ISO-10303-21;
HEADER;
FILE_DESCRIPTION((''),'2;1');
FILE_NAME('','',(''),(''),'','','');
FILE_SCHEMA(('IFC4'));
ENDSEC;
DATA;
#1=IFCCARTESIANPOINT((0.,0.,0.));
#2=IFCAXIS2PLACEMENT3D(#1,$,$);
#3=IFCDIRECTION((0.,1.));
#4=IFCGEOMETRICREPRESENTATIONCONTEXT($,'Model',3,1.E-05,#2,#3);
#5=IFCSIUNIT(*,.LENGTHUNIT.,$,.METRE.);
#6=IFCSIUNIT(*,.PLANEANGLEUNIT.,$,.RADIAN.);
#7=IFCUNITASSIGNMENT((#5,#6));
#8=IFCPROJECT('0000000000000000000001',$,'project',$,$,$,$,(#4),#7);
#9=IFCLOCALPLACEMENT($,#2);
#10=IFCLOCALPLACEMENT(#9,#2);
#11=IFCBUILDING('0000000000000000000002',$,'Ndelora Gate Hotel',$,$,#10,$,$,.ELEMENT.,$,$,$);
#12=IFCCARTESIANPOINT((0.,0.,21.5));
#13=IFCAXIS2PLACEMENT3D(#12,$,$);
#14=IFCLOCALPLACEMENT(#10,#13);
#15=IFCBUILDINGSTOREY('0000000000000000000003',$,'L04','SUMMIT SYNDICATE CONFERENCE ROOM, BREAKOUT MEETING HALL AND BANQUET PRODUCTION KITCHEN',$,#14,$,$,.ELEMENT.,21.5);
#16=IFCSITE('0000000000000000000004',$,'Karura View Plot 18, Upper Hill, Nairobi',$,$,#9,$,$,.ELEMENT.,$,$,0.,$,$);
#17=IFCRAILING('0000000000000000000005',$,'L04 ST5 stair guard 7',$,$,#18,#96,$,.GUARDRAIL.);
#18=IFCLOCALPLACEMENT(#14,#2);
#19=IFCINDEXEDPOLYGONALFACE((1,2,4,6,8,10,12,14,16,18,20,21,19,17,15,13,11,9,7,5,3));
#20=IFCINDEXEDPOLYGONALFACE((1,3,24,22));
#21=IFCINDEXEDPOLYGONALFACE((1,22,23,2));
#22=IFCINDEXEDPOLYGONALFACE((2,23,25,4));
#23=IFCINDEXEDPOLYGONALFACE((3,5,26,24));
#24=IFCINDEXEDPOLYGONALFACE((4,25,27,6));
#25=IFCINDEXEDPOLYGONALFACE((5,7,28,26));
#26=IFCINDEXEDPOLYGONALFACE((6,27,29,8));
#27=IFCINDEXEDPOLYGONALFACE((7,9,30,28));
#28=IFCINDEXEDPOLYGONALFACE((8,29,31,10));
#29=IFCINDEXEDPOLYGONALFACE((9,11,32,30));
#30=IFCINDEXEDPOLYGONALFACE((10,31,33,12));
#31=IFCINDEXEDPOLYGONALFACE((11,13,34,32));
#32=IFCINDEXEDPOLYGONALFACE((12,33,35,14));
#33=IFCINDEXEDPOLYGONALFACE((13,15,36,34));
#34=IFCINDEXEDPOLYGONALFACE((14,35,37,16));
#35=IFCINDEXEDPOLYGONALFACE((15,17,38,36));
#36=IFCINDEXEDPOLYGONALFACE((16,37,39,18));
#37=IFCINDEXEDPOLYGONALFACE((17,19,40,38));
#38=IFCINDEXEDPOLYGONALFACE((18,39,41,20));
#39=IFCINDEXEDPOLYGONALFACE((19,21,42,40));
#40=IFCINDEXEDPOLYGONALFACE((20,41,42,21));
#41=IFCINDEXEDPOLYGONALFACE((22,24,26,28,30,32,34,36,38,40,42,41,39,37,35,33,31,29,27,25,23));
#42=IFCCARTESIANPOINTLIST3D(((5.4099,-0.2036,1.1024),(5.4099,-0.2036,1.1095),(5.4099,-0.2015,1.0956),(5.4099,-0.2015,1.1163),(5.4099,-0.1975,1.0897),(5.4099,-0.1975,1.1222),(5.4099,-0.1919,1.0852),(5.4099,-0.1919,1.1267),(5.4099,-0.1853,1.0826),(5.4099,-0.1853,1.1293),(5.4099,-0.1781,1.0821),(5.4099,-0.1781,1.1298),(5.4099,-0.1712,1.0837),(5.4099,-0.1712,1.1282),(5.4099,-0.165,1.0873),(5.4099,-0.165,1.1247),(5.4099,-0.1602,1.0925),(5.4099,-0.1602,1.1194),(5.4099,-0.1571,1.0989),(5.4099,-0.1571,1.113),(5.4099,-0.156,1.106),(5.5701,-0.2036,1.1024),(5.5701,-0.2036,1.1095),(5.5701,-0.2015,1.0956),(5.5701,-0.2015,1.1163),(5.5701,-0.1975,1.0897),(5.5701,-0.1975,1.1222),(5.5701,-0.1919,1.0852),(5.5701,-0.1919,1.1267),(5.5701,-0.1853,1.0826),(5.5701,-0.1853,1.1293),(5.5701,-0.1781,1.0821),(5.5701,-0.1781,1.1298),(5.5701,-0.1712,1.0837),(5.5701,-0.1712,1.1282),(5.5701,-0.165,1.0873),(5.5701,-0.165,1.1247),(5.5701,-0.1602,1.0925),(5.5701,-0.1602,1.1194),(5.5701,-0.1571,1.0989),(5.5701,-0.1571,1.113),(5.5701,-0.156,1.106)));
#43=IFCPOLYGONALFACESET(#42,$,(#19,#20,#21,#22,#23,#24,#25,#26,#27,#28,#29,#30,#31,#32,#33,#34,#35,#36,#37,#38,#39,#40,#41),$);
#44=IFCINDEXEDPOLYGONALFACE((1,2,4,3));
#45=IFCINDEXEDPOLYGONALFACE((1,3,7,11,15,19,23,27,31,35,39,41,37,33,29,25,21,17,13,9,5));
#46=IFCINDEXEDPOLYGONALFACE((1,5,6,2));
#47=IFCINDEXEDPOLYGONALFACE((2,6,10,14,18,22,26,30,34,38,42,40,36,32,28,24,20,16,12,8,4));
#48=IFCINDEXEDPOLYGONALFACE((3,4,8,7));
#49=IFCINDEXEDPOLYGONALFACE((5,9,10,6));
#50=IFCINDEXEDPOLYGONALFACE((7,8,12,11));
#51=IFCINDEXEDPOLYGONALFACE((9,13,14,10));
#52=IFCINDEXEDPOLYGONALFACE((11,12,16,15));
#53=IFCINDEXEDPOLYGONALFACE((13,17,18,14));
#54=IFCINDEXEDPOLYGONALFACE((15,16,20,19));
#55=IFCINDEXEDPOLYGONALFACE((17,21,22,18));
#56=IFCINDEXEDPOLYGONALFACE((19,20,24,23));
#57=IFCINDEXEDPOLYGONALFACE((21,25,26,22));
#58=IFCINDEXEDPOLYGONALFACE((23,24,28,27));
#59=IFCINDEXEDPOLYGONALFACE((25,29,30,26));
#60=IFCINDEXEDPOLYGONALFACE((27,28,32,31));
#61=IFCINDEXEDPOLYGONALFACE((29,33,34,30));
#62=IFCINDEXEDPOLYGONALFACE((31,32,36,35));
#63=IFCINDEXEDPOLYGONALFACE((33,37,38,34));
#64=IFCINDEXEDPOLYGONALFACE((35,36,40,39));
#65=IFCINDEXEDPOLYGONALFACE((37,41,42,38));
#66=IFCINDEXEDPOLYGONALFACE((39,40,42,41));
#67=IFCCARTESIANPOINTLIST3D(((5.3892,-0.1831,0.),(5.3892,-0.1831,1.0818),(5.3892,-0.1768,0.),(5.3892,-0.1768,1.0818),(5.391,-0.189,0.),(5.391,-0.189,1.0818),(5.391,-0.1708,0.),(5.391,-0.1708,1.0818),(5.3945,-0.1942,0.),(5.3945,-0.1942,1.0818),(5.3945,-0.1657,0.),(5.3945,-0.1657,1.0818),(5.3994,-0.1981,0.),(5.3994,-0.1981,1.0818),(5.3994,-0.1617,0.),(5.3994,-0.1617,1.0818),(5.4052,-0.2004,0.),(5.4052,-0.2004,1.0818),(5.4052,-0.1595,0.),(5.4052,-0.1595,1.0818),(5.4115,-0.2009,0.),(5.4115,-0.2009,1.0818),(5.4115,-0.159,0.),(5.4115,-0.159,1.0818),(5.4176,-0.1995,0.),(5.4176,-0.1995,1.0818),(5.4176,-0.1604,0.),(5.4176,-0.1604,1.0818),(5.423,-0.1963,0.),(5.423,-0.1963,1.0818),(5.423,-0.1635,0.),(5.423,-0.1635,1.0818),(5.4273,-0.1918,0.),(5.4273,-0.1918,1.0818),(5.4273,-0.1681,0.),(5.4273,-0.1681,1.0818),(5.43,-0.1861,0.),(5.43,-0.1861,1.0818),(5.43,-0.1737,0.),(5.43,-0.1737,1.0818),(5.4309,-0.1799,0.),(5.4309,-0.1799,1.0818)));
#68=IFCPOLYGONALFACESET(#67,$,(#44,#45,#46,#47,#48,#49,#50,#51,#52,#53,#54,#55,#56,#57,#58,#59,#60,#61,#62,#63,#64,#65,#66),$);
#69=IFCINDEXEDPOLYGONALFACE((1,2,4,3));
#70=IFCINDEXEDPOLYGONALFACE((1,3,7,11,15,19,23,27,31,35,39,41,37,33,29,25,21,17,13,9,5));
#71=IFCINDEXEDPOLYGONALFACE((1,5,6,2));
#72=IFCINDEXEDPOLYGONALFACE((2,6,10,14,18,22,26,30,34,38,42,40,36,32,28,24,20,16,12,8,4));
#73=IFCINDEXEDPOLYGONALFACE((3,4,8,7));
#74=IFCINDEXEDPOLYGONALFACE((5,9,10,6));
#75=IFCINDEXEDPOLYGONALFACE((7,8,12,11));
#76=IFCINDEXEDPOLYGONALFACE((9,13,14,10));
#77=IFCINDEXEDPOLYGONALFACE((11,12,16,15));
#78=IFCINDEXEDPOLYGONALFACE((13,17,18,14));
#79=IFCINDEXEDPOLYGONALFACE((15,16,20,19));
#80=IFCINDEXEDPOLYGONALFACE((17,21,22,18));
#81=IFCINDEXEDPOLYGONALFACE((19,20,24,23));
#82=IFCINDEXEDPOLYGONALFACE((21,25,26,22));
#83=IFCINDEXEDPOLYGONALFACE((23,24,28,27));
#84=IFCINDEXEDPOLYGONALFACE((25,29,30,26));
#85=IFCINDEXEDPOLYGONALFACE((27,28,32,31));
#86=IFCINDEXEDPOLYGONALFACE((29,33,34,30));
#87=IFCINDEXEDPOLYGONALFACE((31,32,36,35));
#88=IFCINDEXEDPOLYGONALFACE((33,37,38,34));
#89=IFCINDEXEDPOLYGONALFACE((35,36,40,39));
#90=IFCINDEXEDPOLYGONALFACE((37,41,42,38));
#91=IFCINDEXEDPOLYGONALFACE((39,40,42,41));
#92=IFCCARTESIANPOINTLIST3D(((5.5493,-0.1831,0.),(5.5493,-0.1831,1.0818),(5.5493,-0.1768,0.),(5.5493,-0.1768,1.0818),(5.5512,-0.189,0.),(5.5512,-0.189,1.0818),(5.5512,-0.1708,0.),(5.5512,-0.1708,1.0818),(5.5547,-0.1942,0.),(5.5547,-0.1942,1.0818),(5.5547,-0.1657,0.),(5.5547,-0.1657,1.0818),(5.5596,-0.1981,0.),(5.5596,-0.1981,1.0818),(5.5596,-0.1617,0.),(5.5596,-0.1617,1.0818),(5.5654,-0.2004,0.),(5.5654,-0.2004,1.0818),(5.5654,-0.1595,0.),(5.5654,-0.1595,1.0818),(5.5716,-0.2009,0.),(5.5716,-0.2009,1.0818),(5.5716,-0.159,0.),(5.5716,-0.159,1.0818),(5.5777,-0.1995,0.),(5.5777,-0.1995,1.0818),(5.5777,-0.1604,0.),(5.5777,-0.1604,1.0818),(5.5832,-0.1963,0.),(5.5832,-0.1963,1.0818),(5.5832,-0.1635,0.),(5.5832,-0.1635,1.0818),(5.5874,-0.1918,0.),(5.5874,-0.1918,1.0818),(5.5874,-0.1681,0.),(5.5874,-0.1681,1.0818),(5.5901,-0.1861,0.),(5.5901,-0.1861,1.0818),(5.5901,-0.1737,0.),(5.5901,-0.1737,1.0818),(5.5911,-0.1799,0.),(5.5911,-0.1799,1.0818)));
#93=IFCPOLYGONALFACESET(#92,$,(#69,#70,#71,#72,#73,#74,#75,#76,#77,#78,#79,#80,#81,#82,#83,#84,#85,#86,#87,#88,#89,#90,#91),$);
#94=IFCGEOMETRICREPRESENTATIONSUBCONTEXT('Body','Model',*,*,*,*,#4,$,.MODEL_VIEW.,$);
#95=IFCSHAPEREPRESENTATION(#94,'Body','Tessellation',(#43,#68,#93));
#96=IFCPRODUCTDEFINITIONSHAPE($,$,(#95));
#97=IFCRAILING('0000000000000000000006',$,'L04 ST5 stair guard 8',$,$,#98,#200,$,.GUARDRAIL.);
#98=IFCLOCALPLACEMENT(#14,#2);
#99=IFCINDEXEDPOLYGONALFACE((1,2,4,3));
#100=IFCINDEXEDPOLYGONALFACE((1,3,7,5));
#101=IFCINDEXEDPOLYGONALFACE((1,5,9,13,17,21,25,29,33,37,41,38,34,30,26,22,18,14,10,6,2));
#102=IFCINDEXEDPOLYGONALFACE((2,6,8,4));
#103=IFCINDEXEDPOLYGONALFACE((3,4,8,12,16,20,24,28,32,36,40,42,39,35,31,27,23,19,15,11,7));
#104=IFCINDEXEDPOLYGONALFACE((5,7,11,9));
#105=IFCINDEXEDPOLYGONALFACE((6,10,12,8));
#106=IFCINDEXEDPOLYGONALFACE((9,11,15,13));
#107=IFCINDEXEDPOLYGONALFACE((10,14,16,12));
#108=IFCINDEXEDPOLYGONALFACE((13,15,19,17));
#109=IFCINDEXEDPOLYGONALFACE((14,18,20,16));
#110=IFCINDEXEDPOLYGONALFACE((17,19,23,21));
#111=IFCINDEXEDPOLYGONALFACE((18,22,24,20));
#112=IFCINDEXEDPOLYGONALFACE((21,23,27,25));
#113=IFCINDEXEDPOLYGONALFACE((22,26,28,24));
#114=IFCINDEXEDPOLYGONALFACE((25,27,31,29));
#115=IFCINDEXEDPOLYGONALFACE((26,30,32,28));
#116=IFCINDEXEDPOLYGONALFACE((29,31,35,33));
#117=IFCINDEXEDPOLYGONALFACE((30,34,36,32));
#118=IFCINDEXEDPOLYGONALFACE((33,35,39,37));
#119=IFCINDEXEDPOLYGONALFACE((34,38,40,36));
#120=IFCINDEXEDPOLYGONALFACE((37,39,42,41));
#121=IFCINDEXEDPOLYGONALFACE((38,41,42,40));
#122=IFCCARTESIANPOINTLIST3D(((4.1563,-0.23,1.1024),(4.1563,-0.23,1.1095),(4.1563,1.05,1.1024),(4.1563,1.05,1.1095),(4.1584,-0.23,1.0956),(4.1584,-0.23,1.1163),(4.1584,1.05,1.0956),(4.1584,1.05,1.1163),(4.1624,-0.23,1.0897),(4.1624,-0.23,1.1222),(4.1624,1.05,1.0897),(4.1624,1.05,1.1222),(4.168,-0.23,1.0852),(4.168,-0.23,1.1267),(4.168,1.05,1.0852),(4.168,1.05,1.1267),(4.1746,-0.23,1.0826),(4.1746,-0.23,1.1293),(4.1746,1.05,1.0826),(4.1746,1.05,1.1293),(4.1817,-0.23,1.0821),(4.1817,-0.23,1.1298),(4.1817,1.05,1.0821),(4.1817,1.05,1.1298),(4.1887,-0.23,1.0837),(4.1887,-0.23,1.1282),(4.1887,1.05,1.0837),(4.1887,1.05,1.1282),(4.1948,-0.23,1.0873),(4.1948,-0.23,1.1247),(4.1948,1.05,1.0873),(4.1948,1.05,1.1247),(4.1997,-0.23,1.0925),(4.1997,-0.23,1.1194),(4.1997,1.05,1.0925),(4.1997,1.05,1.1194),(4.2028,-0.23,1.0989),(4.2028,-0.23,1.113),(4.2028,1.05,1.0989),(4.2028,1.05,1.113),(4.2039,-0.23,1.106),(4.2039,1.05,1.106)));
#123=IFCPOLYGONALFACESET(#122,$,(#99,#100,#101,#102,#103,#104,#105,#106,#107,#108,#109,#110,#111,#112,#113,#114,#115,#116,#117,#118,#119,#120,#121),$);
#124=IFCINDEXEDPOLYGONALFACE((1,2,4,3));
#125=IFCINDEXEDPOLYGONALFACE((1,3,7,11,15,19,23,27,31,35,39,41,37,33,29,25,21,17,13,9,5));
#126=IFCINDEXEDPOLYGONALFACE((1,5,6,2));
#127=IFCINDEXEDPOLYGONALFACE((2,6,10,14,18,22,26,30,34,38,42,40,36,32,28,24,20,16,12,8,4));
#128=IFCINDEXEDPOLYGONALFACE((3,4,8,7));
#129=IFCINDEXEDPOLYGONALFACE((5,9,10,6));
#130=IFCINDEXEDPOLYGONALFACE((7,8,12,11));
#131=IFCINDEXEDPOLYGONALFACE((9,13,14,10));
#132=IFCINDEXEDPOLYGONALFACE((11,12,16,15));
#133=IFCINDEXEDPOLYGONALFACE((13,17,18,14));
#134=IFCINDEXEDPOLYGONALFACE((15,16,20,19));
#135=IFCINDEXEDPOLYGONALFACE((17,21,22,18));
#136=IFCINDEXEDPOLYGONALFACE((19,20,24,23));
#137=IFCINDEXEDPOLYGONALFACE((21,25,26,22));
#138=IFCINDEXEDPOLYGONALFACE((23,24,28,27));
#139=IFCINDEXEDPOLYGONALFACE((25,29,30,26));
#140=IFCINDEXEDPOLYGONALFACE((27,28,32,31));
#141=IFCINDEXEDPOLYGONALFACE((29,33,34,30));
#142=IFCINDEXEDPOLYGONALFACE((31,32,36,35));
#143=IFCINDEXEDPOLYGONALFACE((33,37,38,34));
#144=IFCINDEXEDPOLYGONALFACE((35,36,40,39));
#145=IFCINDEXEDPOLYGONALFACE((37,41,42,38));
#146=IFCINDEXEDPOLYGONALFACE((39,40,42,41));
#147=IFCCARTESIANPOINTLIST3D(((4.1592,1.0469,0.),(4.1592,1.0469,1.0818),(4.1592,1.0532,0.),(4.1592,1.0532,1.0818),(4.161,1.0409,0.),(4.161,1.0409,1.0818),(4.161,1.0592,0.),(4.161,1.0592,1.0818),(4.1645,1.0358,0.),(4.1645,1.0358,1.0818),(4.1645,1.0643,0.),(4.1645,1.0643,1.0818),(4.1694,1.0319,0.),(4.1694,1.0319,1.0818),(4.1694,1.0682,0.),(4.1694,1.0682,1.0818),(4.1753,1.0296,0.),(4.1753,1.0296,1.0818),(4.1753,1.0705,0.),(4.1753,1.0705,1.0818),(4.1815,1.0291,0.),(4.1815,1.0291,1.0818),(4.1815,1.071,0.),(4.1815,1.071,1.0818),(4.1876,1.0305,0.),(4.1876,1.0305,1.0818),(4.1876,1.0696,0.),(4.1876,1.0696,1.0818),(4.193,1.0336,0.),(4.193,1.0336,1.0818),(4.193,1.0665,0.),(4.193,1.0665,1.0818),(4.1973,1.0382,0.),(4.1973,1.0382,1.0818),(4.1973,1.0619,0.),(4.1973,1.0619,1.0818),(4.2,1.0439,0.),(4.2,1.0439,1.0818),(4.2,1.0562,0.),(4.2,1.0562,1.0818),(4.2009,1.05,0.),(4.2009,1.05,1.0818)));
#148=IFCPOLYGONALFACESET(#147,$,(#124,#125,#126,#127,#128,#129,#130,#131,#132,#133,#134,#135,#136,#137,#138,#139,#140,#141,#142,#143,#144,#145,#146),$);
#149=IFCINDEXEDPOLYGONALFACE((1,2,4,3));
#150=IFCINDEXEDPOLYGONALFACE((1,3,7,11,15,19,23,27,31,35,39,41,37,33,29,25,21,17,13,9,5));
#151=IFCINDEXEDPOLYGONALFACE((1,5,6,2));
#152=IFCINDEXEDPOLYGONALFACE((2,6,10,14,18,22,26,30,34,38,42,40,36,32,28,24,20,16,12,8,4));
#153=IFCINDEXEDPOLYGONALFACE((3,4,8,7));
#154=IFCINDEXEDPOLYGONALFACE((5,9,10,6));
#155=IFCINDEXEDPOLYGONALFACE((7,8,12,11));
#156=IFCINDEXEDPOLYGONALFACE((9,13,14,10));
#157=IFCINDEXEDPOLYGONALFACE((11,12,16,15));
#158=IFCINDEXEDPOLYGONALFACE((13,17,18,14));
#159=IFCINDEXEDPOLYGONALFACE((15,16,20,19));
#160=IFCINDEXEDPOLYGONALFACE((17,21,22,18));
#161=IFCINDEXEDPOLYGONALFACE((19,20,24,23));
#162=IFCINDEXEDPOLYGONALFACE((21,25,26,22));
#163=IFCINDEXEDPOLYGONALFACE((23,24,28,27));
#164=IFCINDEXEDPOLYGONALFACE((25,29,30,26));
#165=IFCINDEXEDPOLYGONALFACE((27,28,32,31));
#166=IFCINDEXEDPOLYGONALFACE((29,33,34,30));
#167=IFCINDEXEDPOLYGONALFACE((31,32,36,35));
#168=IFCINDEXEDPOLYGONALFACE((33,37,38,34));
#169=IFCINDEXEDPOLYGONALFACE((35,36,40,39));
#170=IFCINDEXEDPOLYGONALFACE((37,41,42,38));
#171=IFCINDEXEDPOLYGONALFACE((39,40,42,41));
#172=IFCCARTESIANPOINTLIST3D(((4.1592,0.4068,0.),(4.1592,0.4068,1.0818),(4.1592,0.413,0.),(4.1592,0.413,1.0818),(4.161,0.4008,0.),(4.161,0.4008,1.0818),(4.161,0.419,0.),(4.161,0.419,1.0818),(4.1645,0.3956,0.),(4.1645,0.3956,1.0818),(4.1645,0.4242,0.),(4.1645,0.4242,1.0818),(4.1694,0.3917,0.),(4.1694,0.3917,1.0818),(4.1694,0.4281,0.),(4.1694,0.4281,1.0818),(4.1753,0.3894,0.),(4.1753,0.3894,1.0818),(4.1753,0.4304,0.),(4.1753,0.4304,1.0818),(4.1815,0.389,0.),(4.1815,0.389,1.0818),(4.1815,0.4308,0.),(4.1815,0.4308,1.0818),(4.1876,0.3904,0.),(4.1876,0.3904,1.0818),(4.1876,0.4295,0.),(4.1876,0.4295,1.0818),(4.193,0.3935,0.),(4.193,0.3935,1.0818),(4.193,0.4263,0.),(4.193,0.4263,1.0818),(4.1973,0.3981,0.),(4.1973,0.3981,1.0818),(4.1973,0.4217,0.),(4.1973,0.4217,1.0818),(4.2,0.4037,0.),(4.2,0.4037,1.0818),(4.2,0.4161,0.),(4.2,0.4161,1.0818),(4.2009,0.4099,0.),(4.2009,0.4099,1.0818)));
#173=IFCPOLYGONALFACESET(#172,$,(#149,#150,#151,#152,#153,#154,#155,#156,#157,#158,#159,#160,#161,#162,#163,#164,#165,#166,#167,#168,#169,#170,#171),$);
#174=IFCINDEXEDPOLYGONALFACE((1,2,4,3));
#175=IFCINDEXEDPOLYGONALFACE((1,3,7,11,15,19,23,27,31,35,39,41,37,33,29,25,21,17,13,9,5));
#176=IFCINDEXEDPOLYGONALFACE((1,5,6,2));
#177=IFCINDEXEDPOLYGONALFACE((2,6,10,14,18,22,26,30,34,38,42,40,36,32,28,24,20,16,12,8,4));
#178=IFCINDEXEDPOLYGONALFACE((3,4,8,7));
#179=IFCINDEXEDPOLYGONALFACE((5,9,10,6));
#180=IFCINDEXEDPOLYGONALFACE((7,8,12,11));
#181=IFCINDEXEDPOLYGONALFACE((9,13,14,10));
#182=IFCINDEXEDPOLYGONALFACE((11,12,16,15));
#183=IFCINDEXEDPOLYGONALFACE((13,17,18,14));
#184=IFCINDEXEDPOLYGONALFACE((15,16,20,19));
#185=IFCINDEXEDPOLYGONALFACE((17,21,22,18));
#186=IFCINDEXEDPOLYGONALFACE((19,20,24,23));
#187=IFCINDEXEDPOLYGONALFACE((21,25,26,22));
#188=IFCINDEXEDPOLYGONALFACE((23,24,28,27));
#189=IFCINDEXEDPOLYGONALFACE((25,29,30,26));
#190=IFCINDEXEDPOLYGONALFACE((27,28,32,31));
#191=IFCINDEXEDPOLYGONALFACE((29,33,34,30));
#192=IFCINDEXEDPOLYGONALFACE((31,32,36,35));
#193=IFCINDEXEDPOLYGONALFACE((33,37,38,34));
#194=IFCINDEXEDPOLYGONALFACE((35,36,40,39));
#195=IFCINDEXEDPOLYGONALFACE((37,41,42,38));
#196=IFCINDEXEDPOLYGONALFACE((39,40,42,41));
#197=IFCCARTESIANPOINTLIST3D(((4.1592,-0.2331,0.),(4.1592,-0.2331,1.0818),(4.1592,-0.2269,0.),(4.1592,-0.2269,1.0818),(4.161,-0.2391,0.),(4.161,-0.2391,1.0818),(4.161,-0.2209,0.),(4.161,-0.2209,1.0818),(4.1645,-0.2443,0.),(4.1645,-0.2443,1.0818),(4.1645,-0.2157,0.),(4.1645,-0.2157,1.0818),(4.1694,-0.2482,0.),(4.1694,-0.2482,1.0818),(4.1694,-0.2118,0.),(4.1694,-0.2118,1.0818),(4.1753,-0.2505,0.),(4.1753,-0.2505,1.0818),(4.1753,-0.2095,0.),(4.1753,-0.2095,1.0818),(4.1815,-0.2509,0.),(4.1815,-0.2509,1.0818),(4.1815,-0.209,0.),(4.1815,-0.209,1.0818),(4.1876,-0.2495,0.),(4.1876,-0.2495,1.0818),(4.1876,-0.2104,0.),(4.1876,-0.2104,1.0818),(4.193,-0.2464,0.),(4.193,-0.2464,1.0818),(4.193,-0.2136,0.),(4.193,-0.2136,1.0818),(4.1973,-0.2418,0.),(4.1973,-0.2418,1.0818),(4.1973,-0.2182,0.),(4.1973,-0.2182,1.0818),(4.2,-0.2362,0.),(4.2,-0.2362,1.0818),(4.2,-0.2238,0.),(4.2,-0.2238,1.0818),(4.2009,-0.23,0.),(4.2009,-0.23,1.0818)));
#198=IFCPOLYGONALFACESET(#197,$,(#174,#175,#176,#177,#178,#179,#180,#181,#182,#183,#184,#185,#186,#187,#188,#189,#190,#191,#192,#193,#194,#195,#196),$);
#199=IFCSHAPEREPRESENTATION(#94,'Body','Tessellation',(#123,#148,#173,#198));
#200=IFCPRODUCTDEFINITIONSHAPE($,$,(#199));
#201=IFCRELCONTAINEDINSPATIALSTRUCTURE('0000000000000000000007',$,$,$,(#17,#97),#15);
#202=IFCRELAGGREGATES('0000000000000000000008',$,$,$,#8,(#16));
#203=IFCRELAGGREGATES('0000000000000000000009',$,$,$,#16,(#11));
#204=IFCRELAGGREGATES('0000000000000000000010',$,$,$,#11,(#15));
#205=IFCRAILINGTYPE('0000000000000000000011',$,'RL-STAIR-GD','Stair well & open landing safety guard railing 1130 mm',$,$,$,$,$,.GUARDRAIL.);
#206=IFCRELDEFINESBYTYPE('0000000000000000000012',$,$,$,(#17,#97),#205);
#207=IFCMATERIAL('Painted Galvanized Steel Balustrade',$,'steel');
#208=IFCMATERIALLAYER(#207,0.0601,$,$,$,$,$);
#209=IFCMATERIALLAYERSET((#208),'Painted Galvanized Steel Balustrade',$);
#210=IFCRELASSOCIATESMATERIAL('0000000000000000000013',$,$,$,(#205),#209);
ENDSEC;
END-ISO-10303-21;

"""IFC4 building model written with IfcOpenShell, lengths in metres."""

from ifc_helpers import new_model, si_unit, direction, frame, origin, origin_2d, place, context, subcontext, project, spatial, circle, extrude, material, layer, layer_set, type_object, element, save


model = new_model("IFC4")

# Units and contexts
model_context = context("Model", 3, precision=1e-05, world=origin(), true_north=direction((0.0, 1.0)))
body_context = subcontext(model_context, "Body", "Model", "MODEL_VIEW")
ifc_project = project(units=[si_unit("LENGTHUNIT", "METRE"), si_unit("PLANEANGLEUNIT", "RADIAN")], contexts=[model_context])

# Site, building, storey
site_placement = place(None, origin())
site = spatial("IfcSite", under=ifc_project, at=site_placement, Name="Karura View Plot 18, Upper Hill, Nairobi", CompositionType="ELEMENT", RefElevation=0.0)
building_placement = place(site_placement, origin())
building = spatial("IfcBuilding", under=site, at=building_placement, Name="Ndelora Gate Hotel", CompositionType="ELEMENT")
storey_placement = place(building_placement, frame((0.0, 0.0, 21.5)))
storey = spatial("IfcBuildingStorey", under=building, at=storey_placement, Name="L04", Description="SUMMIT SYNDICATE CONFERENCE ROOM, BREAKOUT MEETING HALL AND BANQUET PRODUCTION KITCHEN", CompositionType="ELEMENT", Elevation=21.5)

# Railings
ifc_material_1 = material(Name="Painted Galvanized Steel Balustrade", Category="steel")
ifc_layer_1 = layer(ifc_material_1, 0.0601)
ifc_layer_set_1 = layer_set([ifc_layer_1], Name="Painted Galvanized Steel Balustrade")
railing_type_1 = type_object("IfcRailingType", Name="RL-STAIR-GD", Description="Stair well & open landing safety guard railing 1130 mm", PredefinedType="GUARDRAIL", material=ifc_layer_set_1)
railing_1_placement = place(storey_placement, frame((5.4099, -0.1799, 0.0)))
element("IfcRailing", 1, at=railing_1_placement, inside=storey, type_object=railing_type_1, Name="L04 ST5 stair guard 7", PredefinedType="GUARDRAIL", context=body_context, shape_type="SweptSolid", body=[
    extrude(circle(Radius=0.0239, at=origin_2d()), frame((0.0, 0.0, 1.106), z_axis=(1.0, 0.0, 0.0), x_axis=(0.0, 1.0, 0.0)), (0.0, 0.0, 1.0), 0.1602),
    extrude(circle(Radius=0.021, at=origin_2d()), origin(), (0.0, 0.0, 1.0), 1.0818),
    extrude(circle(Radius=0.021, at=origin_2d()), frame((0.1602, 0.0, 0.0)), (0.0, 0.0, 1.0), 1.0818),
])
railing_2_placement = place(storey_placement, frame((4.1799, 1.05, 0.0)))
element("IfcRailing", 2, at=railing_2_placement, inside=storey, type_object=railing_type_1, Name="L04 ST5 stair guard 8", PredefinedType="GUARDRAIL", context=body_context, shape_type="SweptSolid", body=[
    extrude(circle(Radius=0.0239, at=origin_2d()), frame((0.0, 0.0, 1.106), z_axis=(0.0, -1.0, 0.0), x_axis=(1.0, 0.0, 0.0)), (0.0, 0.0, 1.0), 1.28),
    extrude(circle(Radius=0.021, at=origin_2d()), origin(), (0.0, 0.0, 1.0), 1.0818),
    extrude(circle(Radius=0.021, at=origin_2d()), frame((0.0, -0.6401, 0.0)), (0.0, 0.0, 1.0), 1.0818),
    extrude(circle(Radius=0.021, at=origin_2d()), frame((0.0, -1.28, 0.0)), (0.0, 0.0, 1.0), 1.0818),
])

save(model, "model.ifc")
